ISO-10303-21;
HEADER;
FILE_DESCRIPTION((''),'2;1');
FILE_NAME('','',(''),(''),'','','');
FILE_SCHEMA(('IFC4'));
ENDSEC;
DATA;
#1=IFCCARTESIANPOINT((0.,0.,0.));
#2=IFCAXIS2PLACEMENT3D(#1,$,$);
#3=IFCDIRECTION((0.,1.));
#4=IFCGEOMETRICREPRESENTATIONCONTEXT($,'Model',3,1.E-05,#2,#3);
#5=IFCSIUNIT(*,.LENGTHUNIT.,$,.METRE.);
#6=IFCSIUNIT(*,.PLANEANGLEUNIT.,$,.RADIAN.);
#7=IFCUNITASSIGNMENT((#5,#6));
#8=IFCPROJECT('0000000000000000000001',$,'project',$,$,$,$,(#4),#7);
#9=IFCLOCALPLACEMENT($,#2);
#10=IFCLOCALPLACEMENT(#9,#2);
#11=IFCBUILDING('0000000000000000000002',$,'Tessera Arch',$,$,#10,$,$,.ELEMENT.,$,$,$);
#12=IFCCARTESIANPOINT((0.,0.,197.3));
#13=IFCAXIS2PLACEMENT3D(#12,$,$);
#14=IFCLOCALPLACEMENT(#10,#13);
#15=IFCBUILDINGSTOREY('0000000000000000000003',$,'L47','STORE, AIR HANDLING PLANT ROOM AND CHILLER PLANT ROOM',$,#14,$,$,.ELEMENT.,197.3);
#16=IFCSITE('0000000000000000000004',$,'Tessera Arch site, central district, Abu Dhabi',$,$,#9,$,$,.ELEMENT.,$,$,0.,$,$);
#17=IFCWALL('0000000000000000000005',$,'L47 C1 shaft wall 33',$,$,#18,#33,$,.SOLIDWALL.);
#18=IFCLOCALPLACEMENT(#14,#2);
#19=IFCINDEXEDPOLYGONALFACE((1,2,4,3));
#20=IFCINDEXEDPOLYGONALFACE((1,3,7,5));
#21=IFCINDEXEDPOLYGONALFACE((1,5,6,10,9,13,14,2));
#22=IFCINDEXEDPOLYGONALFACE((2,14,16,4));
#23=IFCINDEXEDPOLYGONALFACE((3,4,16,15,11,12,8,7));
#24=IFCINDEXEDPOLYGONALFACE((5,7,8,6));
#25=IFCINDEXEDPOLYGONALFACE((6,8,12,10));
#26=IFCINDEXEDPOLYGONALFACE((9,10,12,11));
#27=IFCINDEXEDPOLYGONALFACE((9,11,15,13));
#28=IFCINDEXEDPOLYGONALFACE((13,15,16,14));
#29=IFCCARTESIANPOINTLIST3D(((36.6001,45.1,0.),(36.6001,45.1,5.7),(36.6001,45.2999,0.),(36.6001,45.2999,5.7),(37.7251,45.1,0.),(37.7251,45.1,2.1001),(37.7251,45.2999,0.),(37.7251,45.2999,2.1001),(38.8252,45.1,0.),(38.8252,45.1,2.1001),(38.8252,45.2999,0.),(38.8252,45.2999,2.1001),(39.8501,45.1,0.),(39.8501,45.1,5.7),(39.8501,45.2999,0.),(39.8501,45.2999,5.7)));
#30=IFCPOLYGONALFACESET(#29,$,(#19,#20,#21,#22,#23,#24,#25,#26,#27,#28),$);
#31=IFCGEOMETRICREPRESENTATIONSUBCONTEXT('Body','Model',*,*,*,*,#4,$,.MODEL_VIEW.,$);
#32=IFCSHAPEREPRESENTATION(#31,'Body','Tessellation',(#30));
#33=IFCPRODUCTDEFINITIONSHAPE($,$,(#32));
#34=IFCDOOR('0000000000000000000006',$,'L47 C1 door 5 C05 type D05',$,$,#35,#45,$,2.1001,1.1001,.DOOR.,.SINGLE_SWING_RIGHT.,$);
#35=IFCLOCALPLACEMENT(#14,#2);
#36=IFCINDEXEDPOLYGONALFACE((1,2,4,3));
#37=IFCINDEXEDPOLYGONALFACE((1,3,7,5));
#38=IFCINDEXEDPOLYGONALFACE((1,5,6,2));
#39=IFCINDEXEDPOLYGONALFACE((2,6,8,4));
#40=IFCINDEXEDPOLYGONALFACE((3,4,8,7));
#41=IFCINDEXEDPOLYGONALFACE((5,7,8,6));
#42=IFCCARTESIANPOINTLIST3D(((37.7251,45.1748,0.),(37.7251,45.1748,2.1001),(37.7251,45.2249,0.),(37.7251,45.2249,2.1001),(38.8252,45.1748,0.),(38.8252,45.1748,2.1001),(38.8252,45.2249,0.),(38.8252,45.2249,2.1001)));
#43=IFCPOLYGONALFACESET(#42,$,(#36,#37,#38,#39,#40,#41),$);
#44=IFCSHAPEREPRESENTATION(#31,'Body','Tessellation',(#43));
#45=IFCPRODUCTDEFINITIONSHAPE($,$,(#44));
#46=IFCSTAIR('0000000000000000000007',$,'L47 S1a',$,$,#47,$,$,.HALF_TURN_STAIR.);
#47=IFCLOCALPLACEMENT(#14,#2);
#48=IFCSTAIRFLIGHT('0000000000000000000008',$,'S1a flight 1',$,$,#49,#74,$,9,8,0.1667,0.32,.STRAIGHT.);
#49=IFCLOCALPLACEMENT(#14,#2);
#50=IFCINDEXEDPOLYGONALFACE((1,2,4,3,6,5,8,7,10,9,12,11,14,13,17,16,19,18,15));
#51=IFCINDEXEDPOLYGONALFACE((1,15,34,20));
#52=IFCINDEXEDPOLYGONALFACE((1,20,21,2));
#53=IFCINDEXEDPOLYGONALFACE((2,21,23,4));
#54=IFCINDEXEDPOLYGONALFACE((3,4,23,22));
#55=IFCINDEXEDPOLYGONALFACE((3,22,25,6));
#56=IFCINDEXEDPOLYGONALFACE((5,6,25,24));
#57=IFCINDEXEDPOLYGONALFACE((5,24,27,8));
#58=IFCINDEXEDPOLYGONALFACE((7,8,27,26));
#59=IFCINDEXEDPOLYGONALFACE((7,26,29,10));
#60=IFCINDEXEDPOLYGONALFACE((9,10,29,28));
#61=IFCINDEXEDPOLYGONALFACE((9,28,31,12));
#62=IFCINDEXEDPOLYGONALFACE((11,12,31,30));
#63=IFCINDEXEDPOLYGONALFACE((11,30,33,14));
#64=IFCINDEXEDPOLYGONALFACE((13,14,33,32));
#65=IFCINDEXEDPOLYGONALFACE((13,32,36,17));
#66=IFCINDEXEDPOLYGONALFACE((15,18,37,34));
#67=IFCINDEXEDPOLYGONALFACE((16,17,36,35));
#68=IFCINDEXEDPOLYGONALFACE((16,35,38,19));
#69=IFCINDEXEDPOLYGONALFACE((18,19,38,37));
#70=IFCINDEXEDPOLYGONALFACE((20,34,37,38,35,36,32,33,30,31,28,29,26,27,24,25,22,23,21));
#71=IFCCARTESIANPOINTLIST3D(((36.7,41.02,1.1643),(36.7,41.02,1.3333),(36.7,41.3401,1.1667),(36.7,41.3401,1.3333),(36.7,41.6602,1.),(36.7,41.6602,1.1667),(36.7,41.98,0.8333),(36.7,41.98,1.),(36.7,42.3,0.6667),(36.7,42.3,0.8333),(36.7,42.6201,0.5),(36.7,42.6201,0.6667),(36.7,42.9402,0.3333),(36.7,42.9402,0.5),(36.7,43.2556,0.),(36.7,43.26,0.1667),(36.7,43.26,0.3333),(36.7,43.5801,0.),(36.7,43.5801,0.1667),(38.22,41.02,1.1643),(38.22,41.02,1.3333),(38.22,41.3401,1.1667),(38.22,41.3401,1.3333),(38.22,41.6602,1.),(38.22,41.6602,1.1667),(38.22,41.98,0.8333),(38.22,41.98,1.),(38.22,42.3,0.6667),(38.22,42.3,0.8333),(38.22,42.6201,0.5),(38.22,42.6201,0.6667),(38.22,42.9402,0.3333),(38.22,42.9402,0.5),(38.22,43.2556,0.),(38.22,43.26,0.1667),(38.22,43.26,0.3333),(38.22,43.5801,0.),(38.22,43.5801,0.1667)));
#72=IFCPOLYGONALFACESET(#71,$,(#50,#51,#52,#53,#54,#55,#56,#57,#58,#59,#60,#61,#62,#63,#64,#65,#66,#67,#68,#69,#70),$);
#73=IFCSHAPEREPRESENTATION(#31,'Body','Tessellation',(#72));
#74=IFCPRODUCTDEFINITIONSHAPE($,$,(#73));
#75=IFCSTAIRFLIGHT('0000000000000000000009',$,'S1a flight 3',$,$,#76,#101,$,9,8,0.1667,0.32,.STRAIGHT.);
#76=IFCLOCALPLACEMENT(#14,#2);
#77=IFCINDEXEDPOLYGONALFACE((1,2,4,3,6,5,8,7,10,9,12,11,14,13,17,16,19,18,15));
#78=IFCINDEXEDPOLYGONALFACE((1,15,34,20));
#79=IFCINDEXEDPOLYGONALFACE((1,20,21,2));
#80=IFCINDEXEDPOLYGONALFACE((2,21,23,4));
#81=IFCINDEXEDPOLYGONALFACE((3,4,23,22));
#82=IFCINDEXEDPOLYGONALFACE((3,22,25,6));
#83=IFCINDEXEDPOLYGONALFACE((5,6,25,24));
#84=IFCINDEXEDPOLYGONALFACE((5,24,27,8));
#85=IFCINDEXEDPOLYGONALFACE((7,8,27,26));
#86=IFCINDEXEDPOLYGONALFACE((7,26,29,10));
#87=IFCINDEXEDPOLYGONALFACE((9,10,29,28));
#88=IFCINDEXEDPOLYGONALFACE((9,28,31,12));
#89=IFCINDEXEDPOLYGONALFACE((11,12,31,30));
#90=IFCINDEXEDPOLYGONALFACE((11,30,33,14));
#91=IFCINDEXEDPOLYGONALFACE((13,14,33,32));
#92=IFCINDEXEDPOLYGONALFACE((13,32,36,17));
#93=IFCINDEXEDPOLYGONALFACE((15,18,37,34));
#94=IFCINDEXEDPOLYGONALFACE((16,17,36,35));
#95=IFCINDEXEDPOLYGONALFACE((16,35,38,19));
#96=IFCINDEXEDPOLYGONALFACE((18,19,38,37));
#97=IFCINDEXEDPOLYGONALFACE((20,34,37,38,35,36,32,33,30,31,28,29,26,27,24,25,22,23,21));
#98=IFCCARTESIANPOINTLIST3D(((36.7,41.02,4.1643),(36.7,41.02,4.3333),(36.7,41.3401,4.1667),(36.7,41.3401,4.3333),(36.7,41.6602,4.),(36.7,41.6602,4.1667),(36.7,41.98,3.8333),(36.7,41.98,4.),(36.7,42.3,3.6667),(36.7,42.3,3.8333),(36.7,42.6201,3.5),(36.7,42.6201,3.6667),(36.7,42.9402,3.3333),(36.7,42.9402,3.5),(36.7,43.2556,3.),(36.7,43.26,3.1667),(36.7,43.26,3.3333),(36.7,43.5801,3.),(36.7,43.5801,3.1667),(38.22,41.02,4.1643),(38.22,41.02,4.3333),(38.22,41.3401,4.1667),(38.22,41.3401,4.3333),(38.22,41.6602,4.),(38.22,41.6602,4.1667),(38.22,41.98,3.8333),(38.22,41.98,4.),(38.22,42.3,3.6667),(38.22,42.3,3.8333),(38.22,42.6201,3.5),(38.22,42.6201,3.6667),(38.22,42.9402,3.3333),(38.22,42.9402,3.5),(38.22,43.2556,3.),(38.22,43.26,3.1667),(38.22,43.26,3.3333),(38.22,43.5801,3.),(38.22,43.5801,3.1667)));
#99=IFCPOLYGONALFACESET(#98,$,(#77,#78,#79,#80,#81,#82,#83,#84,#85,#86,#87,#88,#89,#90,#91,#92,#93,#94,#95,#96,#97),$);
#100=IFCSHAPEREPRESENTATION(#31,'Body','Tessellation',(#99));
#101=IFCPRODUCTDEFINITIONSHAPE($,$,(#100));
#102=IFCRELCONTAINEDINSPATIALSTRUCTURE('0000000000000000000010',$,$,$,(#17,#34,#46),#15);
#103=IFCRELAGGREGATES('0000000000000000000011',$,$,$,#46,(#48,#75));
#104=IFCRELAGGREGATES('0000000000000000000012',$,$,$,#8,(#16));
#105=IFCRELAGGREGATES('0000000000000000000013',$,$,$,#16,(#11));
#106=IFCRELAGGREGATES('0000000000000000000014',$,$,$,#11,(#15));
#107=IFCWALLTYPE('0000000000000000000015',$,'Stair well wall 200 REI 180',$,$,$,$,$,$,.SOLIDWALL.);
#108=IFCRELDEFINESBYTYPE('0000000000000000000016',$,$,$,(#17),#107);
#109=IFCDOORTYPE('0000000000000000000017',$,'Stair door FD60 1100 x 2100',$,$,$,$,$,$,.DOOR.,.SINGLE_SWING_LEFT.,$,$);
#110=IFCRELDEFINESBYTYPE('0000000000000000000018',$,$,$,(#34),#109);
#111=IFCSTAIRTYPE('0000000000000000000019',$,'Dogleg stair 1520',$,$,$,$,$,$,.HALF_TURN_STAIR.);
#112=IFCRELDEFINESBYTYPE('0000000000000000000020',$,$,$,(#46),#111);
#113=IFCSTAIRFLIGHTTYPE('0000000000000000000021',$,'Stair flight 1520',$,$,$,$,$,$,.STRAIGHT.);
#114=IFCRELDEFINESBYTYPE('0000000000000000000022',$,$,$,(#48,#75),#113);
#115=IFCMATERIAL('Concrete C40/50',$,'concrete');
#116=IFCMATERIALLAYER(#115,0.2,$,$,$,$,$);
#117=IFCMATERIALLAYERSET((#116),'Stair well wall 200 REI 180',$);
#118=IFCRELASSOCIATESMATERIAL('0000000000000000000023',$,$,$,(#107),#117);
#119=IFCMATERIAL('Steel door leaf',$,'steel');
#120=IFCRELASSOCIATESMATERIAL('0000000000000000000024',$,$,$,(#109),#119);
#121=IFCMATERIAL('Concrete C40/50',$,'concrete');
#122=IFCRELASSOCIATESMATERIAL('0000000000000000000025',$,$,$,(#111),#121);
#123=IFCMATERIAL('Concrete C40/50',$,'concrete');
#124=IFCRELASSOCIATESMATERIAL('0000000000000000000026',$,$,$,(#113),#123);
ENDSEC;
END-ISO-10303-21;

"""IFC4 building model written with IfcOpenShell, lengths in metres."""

from ifc_helpers import new_model, si_unit, direction, frame, frame_2d, origin, place, context, subcontext, project, spatial, polyline, rectangle, outline, extrude, material, layer, layer_set, type_object, element, fill, aggregate, save


model = new_model("IFC4")

# Units and contexts
model_context = context("Model", 3, precision=1e-05, world=origin(), true_north=direction((0.0, 1.0)))
body_context = subcontext(model_context, "Body", "Model", "MODEL_VIEW")
ifc_project = project(units=[si_unit("LENGTHUNIT", "METRE"), si_unit("PLANEANGLEUNIT", "RADIAN")], contexts=[model_context])

# Site, building, storey
site_placement = place(None, origin())
site = spatial("IfcSite", under=ifc_project, at=site_placement, Name="Tessera Arch site, central district, Abu Dhabi", CompositionType="ELEMENT", RefElevation=0.0)
building_placement = place(site_placement, origin())
building = spatial("IfcBuilding", under=site, at=building_placement, Name="Tessera Arch", CompositionType="ELEMENT")
storey_placement = place(building_placement, frame((0.0, 0.0, 197.3)))
storey = spatial("IfcBuildingStorey", under=building, at=storey_placement, Name="L47", Description="STORE, AIR HANDLING PLANT ROOM AND CHILLER PLANT ROOM", CompositionType="ELEMENT", Elevation=197.3)

# Wall, opening, door
ifc_material_1 = material(Name="Concrete C40/50", Category="concrete")
ifc_layer_1 = layer(ifc_material_1, 0.2)
ifc_layer_set_1 = layer_set([ifc_layer_1], Name="Stair well wall 200 REI 180")
wall_type_1 = type_object("IfcWallType", Name="Stair well wall 200 REI 180", PredefinedType="SOLIDWALL", material=ifc_layer_set_1)
wall_1_placement = place(storey_placement, frame((36.6001, 45.2, 0.0), z_axis=(0.0, 0.0, 1.0), x_axis=(1.0, 0.0, 0.0)))
wall_1 = element("IfcWall", 1, at=wall_1_placement, inside=storey, type_object=wall_type_1, Name="L47 C1 shaft wall 33", PredefinedType="SOLIDWALL", context=body_context, shape_type="SweptSolid", body=[
    extrude(rectangle(XDim=3.25, YDim=0.2, at=frame_2d((1.625, 0.0))), origin(), (0.0, 0.0, 1.0), 5.7),
])
opening_1_placement = place(wall_1_placement, frame((1.125, 0.0, 0.0)))
opening_1 = element("IfcOpeningElement", 2, at=opening_1_placement, cuts=wall_1, PredefinedType="OPENING", context=body_context, shape_type="SweptSolid", body=[
    extrude(rectangle(XDim=1.1001, YDim=2.1001, at=frame_2d((0.55, 1.05))), frame((0.0, 0.1099, 0.0), z_axis=(0.0, -1.0, 0.0), x_axis=(1.0, 0.0, 0.0)), (0.0, 0.0, 1.0), 0.22),
])
ifc_material_2 = material(Name="Steel door leaf", Category="steel")
door_type_1 = type_object("IfcDoorType", Name="Stair door FD60 1100 x 2100", OperationType="SINGLE_SWING_LEFT", PredefinedType="DOOR", material=ifc_material_2)
door_1_placement = place(opening_1_placement, origin())
door_1 = element("IfcDoor", 3, at=door_1_placement, inside=storey, type_object=door_type_1, Name="L47 C1 door 5 C05 type D05", OperationType="SINGLE_SWING_RIGHT", OverallHeight=2.1001, OverallWidth=1.1001, PredefinedType="DOOR", context=body_context, shape_type="SweptSolid", body=[
    extrude(rectangle(XDim=1.1001, YDim=2.1001, at=frame_2d((0.55, 1.05))), frame((0.0, 0.0249, 0.0), z_axis=(0.0, -1.0, 0.0), x_axis=(1.0, 0.0, 0.0)), (0.0, 0.0, 1.0), 0.05),
])
fill(opening_1, door_1)

# Stair, stair flights
ifc_material_3 = material(Name="Concrete C40/50", Category="concrete")
stair_type = type_object("IfcStairType", Name="Dogleg stair 1520", PredefinedType="HALF_TURN_STAIR", material=ifc_material_3)
stair_placement = place(storey_placement, origin())
stair = element("IfcStair", 4, at=stair_placement, inside=storey, type_object=stair_type, Name="L47 S1a", PredefinedType="HALF_TURN_STAIR")
ifc_material_4 = material(Name="Concrete C40/50", Category="concrete")
stair_flight_type = type_object("IfcStairFlightType", Name="Stair flight 1520", PredefinedType="STRAIGHT", material=ifc_material_4)
stair_flight_1_placement = place(storey_placement, frame((37.46, 43.5801, 0.0), z_axis=(0.0, 0.0, 1.0), x_axis=(0.0, -1.0, 0.0)))
stair_flight_1 = element("IfcStairFlight", 5, at=stair_flight_1_placement, type_object=stair_flight_type, Name="S1a flight 1", NumberOfRisers=9, NumberOfTreads=8, PredefinedType="STRAIGHT", RiserHeight=0.1667, TreadLength=0.32, context=body_context, shape_type="SweptSolid", body=[
    extrude(outline(polyline([(0.0, 0.0), (0.0, 0.1667), (0.3201, 0.1667), (0.3201, 0.3333), (0.6399, 0.3333), (0.6399, 0.5), (0.96, 0.5), (0.96, 0.6667), (1.28, 0.6667), (1.28, 0.8333), (1.6001, 0.8333), (1.6001, 1.0), (1.9199, 1.0), (1.9199, 1.1667), (2.24, 1.1667), (2.24, 1.3333), (2.5601, 1.3333), (2.5601, 1.5), (2.5601, 1.1643), (0.3245, 0.0), (0.0, 0.0)])), frame((0.0, 0.76, 0.0), z_axis=(0.0, -1.0, 0.0), x_axis=(1.0, 0.0, 0.0)), (0.0, 0.0, 1.0), 1.52),
])
stair_flight_2_placement = place(storey_placement, frame((37.46, 43.5801, 3.0), z_axis=(0.0, 0.0, 1.0), x_axis=(0.0, -1.0, 0.0)))
stair_flight_2 = element("IfcStairFlight", 6, at=stair_flight_2_placement, type_object=stair_flight_type, Name="S1a flight 3", NumberOfRisers=9, NumberOfTreads=8, PredefinedType="STRAIGHT", RiserHeight=0.1667, TreadLength=0.32, context=body_context, shape_type="SweptSolid", body=[
    extrude(outline(polyline([(0.0, 0.0), (0.0, 0.1667), (0.3201, 0.1667), (0.3201, 0.3333), (0.6399, 0.3333), (0.6399, 0.5), (0.96, 0.5), (0.96, 0.6667), (1.28, 0.6667), (1.28, 0.8333), (1.6001, 0.8333), (1.6001, 1.0), (1.9199, 1.0), (1.9199, 1.1667), (2.24, 1.1667), (2.24, 1.3333), (2.5601, 1.3333), (2.5601, 1.5), (2.5601, 1.1643), (0.3245, 0.0), (0.0, 0.0)])), frame((0.0, 0.76, 0.0), z_axis=(0.0, -1.0, 0.0), x_axis=(1.0, 0.0, 0.0)), (0.0, 0.0, 1.0), 1.52),
])
aggregate(stair, [stair_flight_1, stair_flight_2])

save(model, "model.ifc")
